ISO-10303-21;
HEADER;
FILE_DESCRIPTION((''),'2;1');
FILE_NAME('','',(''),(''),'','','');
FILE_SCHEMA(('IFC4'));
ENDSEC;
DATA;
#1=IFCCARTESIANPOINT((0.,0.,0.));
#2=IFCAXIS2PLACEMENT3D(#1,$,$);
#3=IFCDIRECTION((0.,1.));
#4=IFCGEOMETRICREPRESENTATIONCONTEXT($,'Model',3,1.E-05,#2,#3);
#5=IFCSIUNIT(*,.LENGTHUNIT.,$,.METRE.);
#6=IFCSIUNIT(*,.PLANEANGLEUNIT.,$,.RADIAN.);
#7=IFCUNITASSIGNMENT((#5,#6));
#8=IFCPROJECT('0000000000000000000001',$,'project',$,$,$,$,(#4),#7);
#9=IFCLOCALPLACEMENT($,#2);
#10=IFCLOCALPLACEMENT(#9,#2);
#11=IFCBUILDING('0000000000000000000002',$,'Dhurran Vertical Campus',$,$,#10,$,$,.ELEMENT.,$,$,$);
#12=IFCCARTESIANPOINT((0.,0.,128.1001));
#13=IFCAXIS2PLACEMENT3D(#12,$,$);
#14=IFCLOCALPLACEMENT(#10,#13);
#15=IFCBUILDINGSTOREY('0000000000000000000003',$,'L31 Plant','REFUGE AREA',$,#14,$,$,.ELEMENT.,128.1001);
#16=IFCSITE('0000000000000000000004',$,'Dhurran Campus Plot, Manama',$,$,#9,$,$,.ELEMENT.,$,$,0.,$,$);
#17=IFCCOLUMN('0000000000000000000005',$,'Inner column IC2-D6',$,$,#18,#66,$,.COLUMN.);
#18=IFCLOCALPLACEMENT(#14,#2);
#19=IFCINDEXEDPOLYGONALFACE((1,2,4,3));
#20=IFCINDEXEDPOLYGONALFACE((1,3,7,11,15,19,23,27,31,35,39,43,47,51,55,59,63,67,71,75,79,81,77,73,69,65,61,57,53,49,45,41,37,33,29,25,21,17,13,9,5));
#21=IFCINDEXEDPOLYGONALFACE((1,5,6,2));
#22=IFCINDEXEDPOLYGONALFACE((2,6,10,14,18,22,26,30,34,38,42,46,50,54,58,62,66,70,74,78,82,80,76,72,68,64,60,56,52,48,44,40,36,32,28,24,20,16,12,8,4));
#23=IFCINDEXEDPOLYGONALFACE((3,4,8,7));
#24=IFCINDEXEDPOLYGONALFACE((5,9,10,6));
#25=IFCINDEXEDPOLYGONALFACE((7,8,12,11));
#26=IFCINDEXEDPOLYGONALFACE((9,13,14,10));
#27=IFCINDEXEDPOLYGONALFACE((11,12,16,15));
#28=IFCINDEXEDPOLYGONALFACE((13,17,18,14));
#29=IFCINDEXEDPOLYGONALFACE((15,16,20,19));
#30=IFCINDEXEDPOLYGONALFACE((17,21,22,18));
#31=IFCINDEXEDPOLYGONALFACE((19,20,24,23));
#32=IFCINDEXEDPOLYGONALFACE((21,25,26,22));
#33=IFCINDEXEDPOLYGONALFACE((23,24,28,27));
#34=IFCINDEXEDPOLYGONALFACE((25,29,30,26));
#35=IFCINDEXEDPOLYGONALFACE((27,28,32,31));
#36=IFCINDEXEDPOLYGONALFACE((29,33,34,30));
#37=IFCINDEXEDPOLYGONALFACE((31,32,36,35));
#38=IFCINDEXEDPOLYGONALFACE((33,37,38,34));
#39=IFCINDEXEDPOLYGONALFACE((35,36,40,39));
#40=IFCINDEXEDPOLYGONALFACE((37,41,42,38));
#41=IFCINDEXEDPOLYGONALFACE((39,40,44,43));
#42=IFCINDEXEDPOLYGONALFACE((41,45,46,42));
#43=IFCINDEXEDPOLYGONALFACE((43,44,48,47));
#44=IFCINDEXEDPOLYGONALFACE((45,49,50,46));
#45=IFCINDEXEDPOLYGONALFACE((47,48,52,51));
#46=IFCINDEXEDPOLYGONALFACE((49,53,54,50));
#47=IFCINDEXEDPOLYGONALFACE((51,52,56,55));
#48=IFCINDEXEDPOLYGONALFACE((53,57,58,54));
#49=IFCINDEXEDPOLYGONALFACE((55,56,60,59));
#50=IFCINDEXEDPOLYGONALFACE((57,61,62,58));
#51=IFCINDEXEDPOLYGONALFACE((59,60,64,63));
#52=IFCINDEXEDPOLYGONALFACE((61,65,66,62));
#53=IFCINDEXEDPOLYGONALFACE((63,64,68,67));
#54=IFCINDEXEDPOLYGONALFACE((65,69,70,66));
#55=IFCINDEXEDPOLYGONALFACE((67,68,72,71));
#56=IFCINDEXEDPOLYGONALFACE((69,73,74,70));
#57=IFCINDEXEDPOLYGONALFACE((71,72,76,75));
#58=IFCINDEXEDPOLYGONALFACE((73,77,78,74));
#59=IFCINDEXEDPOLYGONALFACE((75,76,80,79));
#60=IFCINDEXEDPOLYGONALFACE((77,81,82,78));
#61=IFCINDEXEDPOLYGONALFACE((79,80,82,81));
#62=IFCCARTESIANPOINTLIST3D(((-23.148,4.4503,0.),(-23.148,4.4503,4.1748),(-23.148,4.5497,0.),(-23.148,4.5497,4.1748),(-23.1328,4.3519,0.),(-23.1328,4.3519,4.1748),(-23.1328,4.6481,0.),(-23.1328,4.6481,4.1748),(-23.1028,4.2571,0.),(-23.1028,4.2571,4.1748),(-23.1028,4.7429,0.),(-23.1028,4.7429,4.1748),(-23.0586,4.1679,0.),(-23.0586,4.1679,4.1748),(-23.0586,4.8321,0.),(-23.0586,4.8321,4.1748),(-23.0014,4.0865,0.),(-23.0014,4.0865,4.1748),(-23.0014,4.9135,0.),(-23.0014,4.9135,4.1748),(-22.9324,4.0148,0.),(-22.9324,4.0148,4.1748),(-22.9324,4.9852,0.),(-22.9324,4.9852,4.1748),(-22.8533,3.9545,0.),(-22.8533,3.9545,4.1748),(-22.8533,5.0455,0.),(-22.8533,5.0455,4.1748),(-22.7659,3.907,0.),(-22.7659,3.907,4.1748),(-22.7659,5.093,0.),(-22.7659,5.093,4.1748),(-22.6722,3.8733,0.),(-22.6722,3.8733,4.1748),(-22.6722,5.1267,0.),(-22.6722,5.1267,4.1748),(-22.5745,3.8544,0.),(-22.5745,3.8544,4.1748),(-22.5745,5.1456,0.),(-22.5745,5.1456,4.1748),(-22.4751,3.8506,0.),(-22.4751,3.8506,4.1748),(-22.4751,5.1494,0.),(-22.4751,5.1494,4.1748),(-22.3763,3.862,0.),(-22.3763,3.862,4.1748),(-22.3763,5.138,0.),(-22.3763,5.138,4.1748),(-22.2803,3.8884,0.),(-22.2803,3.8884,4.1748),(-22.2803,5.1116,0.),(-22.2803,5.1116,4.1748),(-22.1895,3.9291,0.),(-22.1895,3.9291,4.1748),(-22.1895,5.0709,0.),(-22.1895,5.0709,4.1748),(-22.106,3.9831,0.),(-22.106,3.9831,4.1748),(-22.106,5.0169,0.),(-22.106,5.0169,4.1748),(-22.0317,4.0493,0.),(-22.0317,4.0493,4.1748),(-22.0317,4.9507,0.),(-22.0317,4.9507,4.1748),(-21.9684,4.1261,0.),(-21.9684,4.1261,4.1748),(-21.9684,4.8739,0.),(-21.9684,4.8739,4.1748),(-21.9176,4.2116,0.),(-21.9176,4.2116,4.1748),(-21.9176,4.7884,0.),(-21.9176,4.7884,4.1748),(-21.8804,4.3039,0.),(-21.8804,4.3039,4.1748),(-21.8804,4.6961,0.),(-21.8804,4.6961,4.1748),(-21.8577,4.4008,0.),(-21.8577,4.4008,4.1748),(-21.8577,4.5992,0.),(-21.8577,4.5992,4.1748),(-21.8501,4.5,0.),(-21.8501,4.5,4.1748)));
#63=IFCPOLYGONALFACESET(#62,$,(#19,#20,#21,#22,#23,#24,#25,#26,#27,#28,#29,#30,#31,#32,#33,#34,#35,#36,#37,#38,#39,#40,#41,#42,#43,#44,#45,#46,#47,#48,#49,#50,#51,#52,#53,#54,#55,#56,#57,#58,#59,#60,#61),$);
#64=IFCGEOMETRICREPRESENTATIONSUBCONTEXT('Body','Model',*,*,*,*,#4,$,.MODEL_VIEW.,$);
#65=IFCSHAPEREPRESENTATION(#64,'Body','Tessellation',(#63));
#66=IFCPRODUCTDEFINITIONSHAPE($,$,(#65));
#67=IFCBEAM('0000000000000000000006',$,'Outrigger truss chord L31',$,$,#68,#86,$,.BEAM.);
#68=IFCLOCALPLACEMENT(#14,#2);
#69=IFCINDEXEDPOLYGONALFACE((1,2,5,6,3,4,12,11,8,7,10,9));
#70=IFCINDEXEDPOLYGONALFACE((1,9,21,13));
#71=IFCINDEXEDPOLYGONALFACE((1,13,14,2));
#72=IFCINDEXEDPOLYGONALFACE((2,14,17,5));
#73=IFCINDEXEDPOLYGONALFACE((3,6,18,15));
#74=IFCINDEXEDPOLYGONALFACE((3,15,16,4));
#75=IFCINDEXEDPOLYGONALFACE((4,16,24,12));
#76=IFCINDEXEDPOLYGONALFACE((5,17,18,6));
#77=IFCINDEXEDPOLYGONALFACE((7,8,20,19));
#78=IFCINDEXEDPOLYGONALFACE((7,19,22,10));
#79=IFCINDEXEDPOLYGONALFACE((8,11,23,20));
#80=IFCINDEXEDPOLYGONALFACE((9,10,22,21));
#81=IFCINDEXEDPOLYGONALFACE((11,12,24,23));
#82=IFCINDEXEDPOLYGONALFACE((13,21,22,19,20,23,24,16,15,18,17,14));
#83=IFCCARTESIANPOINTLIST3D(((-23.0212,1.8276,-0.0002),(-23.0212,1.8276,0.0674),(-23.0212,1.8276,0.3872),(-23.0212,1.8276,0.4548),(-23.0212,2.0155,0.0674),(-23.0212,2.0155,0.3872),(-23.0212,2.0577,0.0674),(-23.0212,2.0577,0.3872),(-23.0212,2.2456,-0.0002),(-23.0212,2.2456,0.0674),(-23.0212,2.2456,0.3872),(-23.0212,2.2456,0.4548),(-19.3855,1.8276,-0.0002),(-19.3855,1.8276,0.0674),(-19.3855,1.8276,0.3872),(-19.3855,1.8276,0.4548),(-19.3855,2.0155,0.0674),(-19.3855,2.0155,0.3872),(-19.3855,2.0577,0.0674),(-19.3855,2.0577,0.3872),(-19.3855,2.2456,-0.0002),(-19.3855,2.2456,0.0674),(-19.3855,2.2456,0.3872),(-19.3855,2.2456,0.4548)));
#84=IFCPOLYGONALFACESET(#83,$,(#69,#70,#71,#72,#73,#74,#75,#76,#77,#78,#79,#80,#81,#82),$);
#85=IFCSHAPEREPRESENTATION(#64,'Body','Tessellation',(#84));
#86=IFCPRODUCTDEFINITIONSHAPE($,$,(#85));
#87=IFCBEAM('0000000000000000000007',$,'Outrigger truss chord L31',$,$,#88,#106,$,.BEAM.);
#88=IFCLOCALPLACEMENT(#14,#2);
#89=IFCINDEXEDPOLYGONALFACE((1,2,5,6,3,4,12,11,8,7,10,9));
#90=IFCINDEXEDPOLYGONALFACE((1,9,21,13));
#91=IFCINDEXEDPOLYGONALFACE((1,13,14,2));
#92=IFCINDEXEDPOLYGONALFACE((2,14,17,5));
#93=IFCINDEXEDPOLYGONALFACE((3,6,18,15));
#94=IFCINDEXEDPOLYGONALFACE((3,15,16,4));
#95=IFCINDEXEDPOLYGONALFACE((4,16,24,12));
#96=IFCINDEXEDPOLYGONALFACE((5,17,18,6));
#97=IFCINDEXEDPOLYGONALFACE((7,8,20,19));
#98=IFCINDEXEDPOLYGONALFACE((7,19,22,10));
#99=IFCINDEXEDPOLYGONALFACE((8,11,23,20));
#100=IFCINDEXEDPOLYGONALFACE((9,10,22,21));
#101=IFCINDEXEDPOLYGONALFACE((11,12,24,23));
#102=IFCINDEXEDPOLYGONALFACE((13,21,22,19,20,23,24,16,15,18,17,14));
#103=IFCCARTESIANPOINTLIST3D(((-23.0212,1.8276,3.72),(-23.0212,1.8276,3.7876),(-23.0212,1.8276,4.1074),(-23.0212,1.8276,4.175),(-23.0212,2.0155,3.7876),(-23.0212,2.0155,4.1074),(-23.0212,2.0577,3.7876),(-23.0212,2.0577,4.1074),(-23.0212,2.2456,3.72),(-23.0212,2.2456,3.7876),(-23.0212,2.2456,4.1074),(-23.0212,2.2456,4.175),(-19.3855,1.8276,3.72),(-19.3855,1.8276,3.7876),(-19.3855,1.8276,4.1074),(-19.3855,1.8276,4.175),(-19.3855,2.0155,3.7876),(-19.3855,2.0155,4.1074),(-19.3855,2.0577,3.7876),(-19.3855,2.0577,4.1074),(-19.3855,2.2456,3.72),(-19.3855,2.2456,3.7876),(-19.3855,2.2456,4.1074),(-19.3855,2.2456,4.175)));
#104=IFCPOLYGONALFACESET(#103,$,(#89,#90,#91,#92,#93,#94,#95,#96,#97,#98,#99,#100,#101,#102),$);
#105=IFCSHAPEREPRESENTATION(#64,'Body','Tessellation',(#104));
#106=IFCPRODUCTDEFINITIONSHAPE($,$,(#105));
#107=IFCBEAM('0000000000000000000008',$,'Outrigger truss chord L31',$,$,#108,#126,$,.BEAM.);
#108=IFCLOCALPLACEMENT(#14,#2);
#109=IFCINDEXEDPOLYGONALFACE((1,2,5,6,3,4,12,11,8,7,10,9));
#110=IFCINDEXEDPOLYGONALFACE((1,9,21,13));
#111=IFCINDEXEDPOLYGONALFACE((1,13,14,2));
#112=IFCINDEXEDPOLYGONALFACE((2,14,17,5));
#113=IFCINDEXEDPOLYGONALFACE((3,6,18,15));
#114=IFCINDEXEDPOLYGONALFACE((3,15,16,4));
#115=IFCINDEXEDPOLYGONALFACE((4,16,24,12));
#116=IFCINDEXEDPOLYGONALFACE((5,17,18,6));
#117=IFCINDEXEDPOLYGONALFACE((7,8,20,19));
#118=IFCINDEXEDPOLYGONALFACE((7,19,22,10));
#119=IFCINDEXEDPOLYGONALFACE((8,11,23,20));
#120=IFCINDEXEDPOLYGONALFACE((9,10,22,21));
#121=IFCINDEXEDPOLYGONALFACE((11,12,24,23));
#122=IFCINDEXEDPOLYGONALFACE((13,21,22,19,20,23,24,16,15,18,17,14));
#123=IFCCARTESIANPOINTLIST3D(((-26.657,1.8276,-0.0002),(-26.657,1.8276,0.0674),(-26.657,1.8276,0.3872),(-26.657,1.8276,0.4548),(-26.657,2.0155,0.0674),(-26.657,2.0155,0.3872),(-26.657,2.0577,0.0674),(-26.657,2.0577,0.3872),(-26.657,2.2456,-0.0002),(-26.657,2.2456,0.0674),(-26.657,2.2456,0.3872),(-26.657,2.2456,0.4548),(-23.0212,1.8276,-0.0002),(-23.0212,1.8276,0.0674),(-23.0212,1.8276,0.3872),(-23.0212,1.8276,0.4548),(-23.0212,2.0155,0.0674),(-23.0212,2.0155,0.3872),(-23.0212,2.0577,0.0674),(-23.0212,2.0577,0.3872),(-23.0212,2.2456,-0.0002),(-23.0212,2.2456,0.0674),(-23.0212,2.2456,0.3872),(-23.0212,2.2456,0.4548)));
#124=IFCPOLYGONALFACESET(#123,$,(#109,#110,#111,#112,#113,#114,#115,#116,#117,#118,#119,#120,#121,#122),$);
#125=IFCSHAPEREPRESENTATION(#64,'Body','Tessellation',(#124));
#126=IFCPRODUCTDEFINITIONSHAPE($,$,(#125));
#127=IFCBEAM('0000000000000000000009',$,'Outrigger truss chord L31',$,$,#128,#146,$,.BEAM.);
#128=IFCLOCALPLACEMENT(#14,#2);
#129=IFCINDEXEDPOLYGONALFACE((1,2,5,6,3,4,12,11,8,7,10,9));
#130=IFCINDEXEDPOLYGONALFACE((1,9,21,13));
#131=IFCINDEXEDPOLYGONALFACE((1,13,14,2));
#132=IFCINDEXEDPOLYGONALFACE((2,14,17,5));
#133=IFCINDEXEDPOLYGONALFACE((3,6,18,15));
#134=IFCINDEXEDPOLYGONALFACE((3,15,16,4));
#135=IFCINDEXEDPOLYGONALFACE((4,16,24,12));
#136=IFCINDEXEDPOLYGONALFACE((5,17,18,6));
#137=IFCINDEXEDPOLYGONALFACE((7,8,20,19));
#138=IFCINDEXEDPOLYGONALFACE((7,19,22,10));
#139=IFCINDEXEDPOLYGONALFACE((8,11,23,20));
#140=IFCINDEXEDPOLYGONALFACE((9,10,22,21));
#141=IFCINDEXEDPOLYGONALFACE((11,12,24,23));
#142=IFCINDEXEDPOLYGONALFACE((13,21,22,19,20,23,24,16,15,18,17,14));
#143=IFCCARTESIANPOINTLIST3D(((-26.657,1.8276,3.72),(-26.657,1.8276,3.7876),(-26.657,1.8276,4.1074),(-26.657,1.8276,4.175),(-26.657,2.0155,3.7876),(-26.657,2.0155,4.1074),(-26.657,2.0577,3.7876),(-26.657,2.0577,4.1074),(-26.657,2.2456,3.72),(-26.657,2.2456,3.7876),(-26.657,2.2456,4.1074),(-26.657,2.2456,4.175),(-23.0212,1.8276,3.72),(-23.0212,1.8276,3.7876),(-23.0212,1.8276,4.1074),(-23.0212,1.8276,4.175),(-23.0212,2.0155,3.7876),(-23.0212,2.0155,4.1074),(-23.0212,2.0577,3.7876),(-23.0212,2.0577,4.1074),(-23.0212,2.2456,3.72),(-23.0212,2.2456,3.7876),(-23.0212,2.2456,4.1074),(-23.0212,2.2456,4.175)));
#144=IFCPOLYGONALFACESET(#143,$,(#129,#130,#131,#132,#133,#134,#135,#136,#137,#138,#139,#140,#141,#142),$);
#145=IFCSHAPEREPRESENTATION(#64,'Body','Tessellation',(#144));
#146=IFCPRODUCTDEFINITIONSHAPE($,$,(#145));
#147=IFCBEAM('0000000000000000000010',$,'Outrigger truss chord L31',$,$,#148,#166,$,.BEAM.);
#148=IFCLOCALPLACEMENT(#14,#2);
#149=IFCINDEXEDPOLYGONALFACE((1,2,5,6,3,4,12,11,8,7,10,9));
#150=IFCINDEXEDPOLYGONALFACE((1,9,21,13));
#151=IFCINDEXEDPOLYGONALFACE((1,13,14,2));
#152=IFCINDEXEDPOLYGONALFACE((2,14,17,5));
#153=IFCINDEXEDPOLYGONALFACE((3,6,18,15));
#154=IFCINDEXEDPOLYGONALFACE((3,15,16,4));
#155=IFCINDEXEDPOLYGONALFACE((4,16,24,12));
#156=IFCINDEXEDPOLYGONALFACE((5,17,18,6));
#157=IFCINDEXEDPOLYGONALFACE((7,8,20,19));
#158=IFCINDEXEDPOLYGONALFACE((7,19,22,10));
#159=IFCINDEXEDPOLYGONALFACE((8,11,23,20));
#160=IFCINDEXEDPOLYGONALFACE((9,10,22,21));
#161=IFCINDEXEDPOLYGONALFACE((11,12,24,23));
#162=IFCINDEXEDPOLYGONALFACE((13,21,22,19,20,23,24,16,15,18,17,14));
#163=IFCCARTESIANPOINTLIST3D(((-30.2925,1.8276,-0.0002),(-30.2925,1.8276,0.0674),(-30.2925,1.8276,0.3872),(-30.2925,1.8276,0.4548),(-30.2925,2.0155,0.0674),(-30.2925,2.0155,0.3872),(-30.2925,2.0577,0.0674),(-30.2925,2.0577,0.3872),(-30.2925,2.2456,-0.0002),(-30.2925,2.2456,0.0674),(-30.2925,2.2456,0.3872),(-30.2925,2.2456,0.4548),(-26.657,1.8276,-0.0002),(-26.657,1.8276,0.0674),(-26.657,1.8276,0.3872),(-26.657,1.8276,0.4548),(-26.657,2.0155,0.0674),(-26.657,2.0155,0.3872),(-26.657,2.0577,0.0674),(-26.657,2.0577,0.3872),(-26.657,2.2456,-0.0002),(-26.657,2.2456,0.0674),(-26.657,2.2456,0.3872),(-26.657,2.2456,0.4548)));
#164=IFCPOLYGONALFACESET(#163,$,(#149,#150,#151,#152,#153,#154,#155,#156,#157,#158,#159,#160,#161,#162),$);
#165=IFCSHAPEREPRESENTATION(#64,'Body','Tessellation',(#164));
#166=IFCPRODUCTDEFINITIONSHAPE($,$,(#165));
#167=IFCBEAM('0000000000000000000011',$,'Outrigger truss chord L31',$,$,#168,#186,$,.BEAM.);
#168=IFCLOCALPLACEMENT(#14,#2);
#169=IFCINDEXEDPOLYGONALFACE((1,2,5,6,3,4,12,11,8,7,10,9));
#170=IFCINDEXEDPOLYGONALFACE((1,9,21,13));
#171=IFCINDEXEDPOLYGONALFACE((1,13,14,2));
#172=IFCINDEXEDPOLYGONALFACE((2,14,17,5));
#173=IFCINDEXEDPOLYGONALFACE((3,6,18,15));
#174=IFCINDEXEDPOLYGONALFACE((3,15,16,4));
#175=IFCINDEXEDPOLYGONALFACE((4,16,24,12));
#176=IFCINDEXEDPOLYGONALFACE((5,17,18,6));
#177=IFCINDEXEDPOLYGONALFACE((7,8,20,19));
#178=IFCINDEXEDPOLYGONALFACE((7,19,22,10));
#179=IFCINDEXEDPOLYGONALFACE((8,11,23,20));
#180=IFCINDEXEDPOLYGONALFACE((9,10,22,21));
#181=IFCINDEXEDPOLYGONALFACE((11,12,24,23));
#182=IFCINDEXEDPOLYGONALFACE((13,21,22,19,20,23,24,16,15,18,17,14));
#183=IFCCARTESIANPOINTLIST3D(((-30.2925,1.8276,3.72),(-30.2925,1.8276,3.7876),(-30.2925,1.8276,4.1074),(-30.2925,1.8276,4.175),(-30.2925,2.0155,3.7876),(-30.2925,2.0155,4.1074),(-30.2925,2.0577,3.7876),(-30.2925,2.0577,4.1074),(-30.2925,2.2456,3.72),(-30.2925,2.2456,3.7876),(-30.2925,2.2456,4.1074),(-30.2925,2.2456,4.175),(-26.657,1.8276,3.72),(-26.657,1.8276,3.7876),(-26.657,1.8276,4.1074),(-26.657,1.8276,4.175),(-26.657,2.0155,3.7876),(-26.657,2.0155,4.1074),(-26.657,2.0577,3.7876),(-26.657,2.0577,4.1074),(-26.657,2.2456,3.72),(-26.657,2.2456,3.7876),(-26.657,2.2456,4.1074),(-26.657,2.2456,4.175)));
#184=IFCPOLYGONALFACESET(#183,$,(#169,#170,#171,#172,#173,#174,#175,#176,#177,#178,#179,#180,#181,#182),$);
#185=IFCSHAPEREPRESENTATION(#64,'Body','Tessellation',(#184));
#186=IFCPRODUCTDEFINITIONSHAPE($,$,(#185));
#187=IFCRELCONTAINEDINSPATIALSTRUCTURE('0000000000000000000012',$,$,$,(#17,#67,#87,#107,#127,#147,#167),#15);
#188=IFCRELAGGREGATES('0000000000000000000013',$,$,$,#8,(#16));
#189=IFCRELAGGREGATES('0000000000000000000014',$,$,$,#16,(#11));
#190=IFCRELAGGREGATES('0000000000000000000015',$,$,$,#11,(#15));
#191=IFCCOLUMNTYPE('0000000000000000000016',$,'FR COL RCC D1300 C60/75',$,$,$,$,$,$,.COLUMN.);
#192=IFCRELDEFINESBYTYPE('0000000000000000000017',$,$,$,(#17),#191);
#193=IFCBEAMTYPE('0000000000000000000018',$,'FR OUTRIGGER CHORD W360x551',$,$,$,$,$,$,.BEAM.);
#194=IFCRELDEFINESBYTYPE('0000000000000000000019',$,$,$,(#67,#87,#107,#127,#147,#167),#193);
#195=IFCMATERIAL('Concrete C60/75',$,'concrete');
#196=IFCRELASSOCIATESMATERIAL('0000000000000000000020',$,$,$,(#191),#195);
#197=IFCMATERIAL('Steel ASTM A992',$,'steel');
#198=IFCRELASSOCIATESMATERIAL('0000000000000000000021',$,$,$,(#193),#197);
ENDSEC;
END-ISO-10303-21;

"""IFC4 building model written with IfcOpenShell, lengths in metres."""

from ifc_helpers import new_model, si_unit, direction, frame, origin, origin_2d, place, context, subcontext, project, spatial, circle, i_section, extrude, material, material_profile, profile_set, type_object, element, save


model = new_model("IFC4")

# Units and contexts
model_context = context("Model", 3, precision=1e-05, world=origin(), true_north=direction((0.0, 1.0)))
body_context = subcontext(model_context, "Body", "Model", "MODEL_VIEW")
ifc_project = project(units=[si_unit("LENGTHUNIT", "METRE"), si_unit("PLANEANGLEUNIT", "RADIAN")], contexts=[model_context])

# Site, building, storey
site_placement = place(None, origin())
site = spatial("IfcSite", under=ifc_project, at=site_placement, Name="Dhurran Campus Plot, Manama", CompositionType="ELEMENT", RefElevation=0.0)
building_placement = place(site_placement, origin())
building = spatial("IfcBuilding", under=site, at=building_placement, Name="Dhurran Vertical Campus", CompositionType="ELEMENT")
storey_placement = place(building_placement, frame((0.0, 0.0, 128.1001)))
storey = spatial("IfcBuildingStorey", under=building, at=storey_placement, Name="L31 Plant", Description="REFUGE AREA", CompositionType="ELEMENT", Elevation=128.1001)

# Column
ifc_material_1 = material(Name="Concrete C60/75", Category="concrete")
ifc_material_profile_1 = material_profile(ifc_material_1, circle(Radius=0.6499, at=origin_2d()), Name="RCC D1300")
ifc_profile_set_1 = profile_set([ifc_material_profile_1], Name="Concrete C60/75")
column_type = type_object("IfcColumnType", Name="FR COL RCC D1300 C60/75", PredefinedType="COLUMN", material=ifc_profile_set_1)
column_placement = place(storey_placement, frame((-22.5, 4.5, 0.0), z_axis=(0.0, 0.0, 1.0), x_axis=(1.0, 0.0, 0.0)))
element("IfcColumn", 1, at=column_placement, inside=storey, type_object=column_type, Name="Inner column IC2-D6", PredefinedType="COLUMN", context=body_context, shape_type="SweptSolid", body=[
    extrude(circle(Radius=0.6499, at=origin_2d()), origin(), (0.0, 0.0, 1.0), 4.1748),
])

# Beams
ifc_material_2 = material(Name="Steel ASTM A992", Category="steel")
ifc_material_profile_2 = material_profile(ifc_material_2, i_section(OverallWidth=0.418, OverallDepth=0.4551, WebThickness=0.0422, FlangeThickness=0.0676, at=origin_2d()), Name="W360x551")
ifc_profile_set_2 = profile_set([ifc_material_profile_2], Name="Steel ASTM A992")
beam_type = type_object("IfcBeamType", Name="FR OUTRIGGER CHORD W360x551", PredefinedType="BEAM", material=ifc_profile_set_2)
for number, where, z_axis, x_axis, name in (
    (2, (-19.3855, 2.0366, 0.2273), (-1.0, 0.0, 0.0), (0.0, -1.0, 0.0), "Outrigger truss chord L31"),
    (3, (-19.3855, 2.0366, 3.9475), (-1.0, 0.0, 0.0), (0.0, -1.0, 0.0), "Outrigger truss chord L31"),
    (4, (-23.0212, 2.0366, 0.2273), (-1.0, 0.0, 0.0), (0.0, -1.0, 0.0), "Outrigger truss chord L31"),
    (5, (-23.0212, 2.0366, 3.9475), (-1.0, 0.0, 0.0), (0.0, -1.0, 0.0), "Outrigger truss chord L31"),
):
    element("IfcBeam", number, at=place(storey_placement, frame(where, z_axis=z_axis, x_axis=x_axis)), inside=storey, type_object=beam_type, Name=name, PredefinedType="BEAM", context=body_context, shape_type="SweptSolid", body=[
        extrude(i_section(OverallWidth=0.418, OverallDepth=0.4551, WebThickness=0.0422, FlangeThickness=0.0676, at=origin_2d()), origin(), (0.0, 0.0, 1.0), 3.6357),
    ])
for number, where, z_axis, x_axis, name in (
    (6, (-26.657, 2.0366, 0.2273), (-1.0, 0.0, 0.0), (0.0, -1.0, 0.0), "Outrigger truss chord L31"),
    (7, (-26.657, 2.0366, 3.9475), (-1.0, 0.0, 0.0), (0.0, -1.0, 0.0), "Outrigger truss chord L31"),
):
    element("IfcBeam", number, at=place(storey_placement, frame(where, z_axis=z_axis, x_axis=x_axis)), inside=storey, type_object=beam_type, Name=name, PredefinedType="BEAM", context=body_context, shape_type="SweptSolid", body=[
        extrude(i_section(OverallWidth=0.418, OverallDepth=0.4551, WebThickness=0.0422, FlangeThickness=0.0676, at=origin_2d()), origin(), (0.0, 0.0, 1.0), 3.6355),
    ])

save(model, "model.ifc")
